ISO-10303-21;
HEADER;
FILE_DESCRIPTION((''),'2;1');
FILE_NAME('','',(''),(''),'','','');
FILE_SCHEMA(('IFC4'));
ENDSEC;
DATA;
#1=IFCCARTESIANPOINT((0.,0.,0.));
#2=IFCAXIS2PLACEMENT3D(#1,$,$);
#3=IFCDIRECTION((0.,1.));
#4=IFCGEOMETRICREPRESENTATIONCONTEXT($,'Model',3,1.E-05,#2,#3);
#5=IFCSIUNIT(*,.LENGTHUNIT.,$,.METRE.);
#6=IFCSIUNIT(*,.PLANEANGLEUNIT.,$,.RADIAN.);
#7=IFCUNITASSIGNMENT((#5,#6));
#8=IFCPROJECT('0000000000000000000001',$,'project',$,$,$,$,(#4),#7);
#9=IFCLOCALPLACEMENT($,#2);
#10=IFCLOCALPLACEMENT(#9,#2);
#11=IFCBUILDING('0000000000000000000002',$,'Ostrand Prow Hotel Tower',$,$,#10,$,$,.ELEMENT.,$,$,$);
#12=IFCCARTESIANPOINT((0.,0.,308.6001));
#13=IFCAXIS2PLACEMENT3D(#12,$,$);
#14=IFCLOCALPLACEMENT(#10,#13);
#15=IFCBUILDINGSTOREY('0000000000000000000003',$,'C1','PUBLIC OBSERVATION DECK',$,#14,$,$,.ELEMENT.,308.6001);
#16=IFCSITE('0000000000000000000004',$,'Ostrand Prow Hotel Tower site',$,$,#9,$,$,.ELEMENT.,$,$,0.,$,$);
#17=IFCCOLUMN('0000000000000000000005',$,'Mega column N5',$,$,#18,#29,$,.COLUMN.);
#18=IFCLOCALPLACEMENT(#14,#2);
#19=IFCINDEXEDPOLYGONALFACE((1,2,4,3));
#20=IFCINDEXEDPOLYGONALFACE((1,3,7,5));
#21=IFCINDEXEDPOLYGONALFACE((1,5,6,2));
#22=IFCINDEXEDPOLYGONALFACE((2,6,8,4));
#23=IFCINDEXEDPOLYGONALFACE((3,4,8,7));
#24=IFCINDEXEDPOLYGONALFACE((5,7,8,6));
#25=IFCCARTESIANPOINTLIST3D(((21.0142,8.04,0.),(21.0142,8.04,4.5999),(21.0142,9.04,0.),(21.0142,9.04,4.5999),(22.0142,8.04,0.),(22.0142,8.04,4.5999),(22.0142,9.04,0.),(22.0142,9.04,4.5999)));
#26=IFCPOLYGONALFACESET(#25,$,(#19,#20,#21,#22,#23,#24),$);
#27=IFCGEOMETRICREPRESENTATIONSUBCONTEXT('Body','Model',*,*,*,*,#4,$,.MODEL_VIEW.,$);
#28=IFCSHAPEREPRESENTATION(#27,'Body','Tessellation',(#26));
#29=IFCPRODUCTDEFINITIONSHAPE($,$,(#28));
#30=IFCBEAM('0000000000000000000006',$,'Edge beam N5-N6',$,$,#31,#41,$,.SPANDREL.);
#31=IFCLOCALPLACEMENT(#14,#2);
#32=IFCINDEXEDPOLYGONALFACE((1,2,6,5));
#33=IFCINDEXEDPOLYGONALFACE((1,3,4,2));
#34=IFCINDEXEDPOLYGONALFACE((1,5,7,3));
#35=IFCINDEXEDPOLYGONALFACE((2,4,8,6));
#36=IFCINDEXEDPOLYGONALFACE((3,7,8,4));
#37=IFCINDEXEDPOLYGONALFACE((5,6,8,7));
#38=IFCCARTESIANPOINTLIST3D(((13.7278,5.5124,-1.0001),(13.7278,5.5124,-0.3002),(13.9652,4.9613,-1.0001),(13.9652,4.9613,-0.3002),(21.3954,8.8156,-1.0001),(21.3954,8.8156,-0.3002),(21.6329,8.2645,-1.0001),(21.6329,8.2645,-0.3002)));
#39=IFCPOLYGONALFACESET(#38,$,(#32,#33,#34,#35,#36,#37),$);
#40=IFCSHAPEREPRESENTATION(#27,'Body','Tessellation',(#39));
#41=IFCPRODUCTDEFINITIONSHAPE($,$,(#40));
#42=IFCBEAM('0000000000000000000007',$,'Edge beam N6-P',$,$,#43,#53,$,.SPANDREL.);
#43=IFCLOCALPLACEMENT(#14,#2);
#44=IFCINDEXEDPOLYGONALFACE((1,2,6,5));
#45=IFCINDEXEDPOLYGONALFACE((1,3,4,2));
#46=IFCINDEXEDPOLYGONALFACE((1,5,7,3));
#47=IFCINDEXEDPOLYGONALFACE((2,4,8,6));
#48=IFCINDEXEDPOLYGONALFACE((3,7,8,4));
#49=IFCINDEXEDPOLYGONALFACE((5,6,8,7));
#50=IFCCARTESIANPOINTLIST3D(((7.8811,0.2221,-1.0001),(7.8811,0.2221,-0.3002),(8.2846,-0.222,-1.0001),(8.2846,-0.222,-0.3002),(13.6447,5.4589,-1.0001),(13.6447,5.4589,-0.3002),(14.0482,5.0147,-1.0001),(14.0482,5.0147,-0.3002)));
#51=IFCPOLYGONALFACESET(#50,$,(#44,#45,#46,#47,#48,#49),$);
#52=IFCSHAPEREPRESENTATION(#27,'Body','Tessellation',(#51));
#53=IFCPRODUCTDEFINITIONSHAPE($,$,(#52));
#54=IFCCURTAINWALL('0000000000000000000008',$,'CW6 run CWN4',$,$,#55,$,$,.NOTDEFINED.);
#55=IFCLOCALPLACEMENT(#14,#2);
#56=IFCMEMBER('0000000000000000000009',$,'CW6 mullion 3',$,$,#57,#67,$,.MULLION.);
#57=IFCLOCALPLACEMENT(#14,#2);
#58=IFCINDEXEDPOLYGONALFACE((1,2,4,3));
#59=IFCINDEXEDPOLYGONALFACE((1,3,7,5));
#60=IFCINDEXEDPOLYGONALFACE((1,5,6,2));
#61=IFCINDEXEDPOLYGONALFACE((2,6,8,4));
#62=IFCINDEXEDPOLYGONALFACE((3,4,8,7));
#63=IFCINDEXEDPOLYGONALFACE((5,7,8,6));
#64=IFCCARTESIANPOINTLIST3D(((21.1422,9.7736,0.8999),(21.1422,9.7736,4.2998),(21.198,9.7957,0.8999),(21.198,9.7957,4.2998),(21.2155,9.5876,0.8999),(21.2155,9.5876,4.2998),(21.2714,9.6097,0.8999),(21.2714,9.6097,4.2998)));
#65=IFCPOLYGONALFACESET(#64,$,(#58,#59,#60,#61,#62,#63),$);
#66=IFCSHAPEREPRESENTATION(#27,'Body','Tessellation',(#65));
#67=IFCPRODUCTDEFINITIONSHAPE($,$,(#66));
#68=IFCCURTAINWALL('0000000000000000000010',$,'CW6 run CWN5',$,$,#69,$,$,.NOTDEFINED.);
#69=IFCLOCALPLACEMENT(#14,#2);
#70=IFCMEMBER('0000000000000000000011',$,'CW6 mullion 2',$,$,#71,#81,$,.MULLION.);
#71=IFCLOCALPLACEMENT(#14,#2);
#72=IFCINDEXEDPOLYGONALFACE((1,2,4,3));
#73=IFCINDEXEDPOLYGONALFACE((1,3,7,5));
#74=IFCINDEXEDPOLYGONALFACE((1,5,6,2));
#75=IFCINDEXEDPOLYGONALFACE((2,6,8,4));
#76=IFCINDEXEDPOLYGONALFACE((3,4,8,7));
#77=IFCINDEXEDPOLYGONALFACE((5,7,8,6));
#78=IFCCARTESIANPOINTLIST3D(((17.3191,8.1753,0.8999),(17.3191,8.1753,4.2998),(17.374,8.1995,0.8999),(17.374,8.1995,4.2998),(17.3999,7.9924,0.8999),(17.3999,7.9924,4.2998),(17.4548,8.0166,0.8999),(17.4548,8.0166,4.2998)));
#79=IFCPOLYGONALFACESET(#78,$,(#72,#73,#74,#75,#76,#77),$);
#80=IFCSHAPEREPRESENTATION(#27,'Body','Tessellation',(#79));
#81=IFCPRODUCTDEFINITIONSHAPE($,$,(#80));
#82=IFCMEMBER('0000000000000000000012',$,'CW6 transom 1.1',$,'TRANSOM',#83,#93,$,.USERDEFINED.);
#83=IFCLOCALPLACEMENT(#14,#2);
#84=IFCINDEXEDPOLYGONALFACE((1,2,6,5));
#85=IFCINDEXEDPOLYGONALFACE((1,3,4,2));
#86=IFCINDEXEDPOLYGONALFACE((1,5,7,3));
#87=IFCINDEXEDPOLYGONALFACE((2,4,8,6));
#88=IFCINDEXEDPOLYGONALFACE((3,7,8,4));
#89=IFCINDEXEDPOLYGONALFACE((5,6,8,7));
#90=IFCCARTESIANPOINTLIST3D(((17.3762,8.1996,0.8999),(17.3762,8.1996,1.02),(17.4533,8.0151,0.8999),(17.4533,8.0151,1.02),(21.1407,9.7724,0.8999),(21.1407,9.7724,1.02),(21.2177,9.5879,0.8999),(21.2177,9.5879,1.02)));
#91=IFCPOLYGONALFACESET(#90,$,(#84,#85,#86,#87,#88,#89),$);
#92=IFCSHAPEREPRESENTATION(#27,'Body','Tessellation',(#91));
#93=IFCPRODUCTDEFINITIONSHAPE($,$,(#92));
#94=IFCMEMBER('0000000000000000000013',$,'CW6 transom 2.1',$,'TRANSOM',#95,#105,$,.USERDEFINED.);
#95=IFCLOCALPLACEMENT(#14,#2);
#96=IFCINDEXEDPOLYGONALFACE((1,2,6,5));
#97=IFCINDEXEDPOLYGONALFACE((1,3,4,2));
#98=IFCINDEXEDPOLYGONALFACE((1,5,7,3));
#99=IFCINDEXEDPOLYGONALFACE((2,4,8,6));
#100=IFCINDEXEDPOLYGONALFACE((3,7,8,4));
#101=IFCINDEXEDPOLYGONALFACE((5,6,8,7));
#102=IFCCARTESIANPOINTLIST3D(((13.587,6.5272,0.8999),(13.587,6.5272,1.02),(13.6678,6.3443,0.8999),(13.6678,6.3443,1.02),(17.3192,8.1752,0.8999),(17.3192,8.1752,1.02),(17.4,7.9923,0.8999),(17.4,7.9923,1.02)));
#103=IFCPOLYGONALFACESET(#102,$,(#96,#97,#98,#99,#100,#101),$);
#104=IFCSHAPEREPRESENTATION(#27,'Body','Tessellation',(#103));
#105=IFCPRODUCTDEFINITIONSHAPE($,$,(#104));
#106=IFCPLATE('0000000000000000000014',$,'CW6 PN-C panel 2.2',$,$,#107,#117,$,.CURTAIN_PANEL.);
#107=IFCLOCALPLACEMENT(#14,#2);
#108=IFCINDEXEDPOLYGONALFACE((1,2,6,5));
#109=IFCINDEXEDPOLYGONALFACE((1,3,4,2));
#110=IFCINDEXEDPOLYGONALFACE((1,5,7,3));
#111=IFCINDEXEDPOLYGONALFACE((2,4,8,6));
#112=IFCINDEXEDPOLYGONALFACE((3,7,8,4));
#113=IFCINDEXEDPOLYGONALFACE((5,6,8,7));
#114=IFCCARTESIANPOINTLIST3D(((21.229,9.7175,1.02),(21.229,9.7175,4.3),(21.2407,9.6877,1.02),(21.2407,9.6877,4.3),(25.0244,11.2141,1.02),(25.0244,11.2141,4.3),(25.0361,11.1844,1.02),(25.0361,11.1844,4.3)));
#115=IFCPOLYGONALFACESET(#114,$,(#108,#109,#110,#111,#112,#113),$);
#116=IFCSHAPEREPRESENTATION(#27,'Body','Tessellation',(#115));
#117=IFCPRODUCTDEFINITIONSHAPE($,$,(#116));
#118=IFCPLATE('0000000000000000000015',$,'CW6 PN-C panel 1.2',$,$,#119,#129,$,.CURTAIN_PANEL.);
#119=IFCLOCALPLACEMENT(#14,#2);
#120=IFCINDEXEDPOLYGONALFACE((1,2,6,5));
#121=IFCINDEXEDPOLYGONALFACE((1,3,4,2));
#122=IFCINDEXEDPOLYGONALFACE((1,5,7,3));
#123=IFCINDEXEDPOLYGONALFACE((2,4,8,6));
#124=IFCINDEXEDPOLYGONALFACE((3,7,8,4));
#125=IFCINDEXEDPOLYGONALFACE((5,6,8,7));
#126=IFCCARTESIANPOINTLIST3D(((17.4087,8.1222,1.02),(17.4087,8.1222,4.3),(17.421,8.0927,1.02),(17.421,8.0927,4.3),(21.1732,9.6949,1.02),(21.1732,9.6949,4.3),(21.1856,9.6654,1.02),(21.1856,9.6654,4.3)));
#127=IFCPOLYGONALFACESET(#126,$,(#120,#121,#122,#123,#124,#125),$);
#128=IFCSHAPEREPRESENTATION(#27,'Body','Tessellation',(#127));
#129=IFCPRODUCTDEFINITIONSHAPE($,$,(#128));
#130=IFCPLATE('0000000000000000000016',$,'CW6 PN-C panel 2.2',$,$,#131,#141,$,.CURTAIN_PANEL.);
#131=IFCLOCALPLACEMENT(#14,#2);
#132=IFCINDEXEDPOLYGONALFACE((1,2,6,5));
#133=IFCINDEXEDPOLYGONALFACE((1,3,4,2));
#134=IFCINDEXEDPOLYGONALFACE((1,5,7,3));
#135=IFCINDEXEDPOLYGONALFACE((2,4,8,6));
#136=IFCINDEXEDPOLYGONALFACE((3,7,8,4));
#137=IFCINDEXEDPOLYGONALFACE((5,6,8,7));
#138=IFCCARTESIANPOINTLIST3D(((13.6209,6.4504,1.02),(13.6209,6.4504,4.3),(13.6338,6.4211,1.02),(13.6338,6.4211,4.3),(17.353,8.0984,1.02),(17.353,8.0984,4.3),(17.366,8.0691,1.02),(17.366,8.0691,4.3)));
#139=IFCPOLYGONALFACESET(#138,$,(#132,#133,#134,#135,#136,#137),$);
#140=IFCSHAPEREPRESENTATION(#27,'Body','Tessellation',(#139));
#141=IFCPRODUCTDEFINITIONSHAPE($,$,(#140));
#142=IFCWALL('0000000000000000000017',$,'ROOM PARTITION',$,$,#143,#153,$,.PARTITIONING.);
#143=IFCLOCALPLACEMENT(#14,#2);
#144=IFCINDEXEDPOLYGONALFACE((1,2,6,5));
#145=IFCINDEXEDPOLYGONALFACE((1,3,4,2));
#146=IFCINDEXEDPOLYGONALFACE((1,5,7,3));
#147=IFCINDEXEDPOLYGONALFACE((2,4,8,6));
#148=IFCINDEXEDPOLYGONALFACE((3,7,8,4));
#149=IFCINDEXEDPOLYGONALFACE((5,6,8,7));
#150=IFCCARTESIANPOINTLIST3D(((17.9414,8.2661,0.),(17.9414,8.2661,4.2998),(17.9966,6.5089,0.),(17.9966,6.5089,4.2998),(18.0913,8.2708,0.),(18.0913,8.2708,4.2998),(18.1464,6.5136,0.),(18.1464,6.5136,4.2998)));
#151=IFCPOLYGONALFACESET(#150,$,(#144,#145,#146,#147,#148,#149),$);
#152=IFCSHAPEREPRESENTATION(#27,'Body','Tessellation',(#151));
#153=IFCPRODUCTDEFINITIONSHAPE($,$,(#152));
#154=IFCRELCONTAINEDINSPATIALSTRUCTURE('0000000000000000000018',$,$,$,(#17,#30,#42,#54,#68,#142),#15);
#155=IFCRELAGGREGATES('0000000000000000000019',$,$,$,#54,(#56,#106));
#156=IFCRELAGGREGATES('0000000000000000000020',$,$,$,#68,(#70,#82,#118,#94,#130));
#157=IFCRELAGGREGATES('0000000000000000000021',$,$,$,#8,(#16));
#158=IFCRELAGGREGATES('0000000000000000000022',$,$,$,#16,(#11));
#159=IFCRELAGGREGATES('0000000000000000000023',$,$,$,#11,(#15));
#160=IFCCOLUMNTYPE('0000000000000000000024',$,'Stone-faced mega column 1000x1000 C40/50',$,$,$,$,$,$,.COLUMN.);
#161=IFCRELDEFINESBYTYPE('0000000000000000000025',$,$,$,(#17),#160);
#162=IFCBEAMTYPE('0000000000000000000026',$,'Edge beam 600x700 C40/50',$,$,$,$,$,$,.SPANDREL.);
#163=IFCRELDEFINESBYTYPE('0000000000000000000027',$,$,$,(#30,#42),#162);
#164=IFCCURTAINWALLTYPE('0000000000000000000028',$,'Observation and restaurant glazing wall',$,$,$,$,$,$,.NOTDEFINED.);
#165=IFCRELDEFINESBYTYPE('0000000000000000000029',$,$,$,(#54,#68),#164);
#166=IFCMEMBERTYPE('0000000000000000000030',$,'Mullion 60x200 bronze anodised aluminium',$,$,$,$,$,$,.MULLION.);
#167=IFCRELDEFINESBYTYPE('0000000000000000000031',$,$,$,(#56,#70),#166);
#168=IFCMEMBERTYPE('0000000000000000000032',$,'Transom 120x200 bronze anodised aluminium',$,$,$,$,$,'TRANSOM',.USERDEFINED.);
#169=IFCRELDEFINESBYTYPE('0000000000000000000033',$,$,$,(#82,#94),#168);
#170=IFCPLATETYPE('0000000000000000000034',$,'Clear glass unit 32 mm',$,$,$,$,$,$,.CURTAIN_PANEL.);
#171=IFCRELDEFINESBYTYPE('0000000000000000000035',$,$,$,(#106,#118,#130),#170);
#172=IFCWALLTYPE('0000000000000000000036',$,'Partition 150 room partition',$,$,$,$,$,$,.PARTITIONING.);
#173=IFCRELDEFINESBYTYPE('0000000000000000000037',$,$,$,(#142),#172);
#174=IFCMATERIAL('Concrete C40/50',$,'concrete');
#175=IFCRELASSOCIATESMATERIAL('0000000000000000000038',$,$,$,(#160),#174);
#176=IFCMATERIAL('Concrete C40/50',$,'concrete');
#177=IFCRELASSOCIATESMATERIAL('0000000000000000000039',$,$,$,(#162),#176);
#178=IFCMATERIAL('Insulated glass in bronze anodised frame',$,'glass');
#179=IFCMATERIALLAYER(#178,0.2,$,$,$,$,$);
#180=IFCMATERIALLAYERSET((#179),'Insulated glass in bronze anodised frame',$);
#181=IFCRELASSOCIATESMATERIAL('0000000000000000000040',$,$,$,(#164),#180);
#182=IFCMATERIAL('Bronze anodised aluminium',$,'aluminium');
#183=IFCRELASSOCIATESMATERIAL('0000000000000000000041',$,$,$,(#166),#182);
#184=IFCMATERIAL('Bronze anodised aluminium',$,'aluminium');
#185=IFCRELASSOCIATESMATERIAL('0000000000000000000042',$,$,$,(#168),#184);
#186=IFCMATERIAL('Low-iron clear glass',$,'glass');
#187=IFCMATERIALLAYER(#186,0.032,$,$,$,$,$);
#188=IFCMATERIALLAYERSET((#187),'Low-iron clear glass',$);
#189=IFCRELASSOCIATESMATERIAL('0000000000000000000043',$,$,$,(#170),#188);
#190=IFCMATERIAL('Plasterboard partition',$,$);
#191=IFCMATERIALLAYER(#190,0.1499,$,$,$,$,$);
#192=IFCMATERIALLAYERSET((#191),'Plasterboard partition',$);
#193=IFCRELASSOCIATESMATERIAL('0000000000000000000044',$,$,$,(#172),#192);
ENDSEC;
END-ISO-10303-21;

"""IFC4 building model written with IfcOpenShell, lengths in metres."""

from ifc_helpers import new_model, si_unit, direction, frame, frame_2d, origin, origin_2d, place, context, subcontext, project, spatial, rectangle, extrude, material, layer, layer_set, material_profile, profile_set, type_object, element, aggregate, save


model = new_model("IFC4")

# Units and contexts
model_context = context("Model", 3, precision=1e-05, world=origin(), true_north=direction((0.0, 1.0)))
body_context = subcontext(model_context, "Body", "Model", "MODEL_VIEW")
ifc_project = project(units=[si_unit("LENGTHUNIT", "METRE"), si_unit("PLANEANGLEUNIT", "RADIAN")], contexts=[model_context])

# Site, building, storey
site_placement = place(None, origin())
site = spatial("IfcSite", under=ifc_project, at=site_placement, Name="Ostrand Prow Hotel Tower site", CompositionType="ELEMENT", RefElevation=0.0)
building_placement = place(site_placement, origin())
building = spatial("IfcBuilding", under=site, at=building_placement, Name="Ostrand Prow Hotel Tower", CompositionType="ELEMENT")
storey_placement = place(building_placement, frame((0.0, 0.0, 308.6001)))
storey = spatial("IfcBuildingStorey", under=building, at=storey_placement, Name="C1", Description="PUBLIC OBSERVATION DECK", CompositionType="ELEMENT", Elevation=308.6001)

# Column
ifc_material_1 = material(Name="Concrete C40/50", Category="concrete")
ifc_material_profile_1 = material_profile(ifc_material_1, rectangle(XDim=1.0, YDim=1.0, at=origin_2d()), Name="RC 1000x1000")
ifc_profile_set_1 = profile_set([ifc_material_profile_1], Name="Concrete C40/50")
column_type = type_object("IfcColumnType", Name="Stone-faced mega column 1000x1000 C40/50", PredefinedType="COLUMN", material=ifc_profile_set_1)
column_placement = place(storey_placement, frame((21.5142, 8.54, 0.0), z_axis=(0.0, 0.0, 1.0), x_axis=(1.0, 0.0, 0.0)))
element("IfcColumn", 1, at=column_placement, inside=storey, type_object=column_type, Name="Mega column N5", PredefinedType="COLUMN", context=body_context, shape_type="SweptSolid", body=[
    extrude(rectangle(XDim=1.0, YDim=1.0, at=origin_2d()), origin(), (0.0, 0.0, 1.0), 4.5999),
])

# Beams
ifc_material_2 = material(Name="Concrete C40/50", Category="concrete")
ifc_material_profile_2 = material_profile(ifc_material_2, rectangle(XDim=0.6001, YDim=0.7, at=origin_2d()), Name="RC 600x700")
ifc_profile_set_2 = profile_set([ifc_material_profile_2], Name="Concrete C40/50")
beam_type = type_object("IfcBeamType", Name="Edge beam 600x700 C40/50", PredefinedType="SPANDREL", material=ifc_profile_set_2)
beam_1_placement = place(storey_placement, frame((21.5142, 8.54, -0.6501), z_axis=(-0.918404, -0.395644, 0.0), x_axis=(0.395644, -0.918404, 0.0)))
element("IfcBeam", 2, at=beam_1_placement, inside=storey, type_object=beam_type, Name="Edge beam N5-N6", PredefinedType="SPANDREL", context=body_context, shape_type="SweptSolid", body=[
    extrude(rectangle(XDim=0.6001, YDim=0.7, at=origin_2d()), origin(), (0.0, 0.0, 1.0), 8.3489),
])
beam_2_placement = place(storey_placement, frame((13.8464, 5.2368, -0.6501), z_axis=(-0.740124, -0.67247, 0.0), x_axis=(0.67247, -0.740124, 0.0)))
element("IfcBeam", 3, at=beam_2_placement, inside=storey, type_object=beam_type, Name="Edge beam N6-P", PredefinedType="SPANDREL", context=body_context, shape_type="SweptSolid", body=[
    extrude(rectangle(XDim=0.6001, YDim=0.7, at=origin_2d()), origin(), (0.0, 0.0, 1.0), 7.7874),
])

# Curtain wall, member
ifc_material_3 = material(Name="Insulated glass in bronze anodised frame", Category="glass")
ifc_layer_1 = layer(ifc_material_3, 0.2)
ifc_layer_set_1 = layer_set([ifc_layer_1], Name="Insulated glass in bronze anodised frame")
curtain_wall_type = type_object("IfcCurtainWallType", Name="Observation and restaurant glazing wall", PredefinedType="NOTDEFINED", material=ifc_layer_set_1)
curtain_wall_1_placement = place(storey_placement, origin())
curtain_wall_1 = element("IfcCurtainWall", 4, at=curtain_wall_1_placement, inside=storey, type_object=curtain_wall_type, Name="CW6 run CWN4", PredefinedType="NOTDEFINED")
ifc_material_4 = material(Name="Bronze anodised aluminium", Category="aluminium")
ifc_material_profile_3 = material_profile(ifc_material_4, rectangle(XDim=0.2, YDim=0.0601, at=origin_2d()), Name="Mullion 60x200 bronze anodised aluminium")
ifc_profile_set_3 = profile_set([ifc_material_profile_3], Name="Bronze anodised aluminium")
member_type_1 = type_object("IfcMemberType", Name="Mullion 60x200 bronze anodised aluminium", PredefinedType="MULLION", material=ifc_profile_set_3)
member_1_placement = place(storey_placement, frame((21.2068, 9.6917, 0.8999), z_axis=(0.0, 0.0, 1.0), x_axis=(0.366845, -0.930282, 0.0)))
member_1 = element("IfcMember", 5, at=member_1_placement, type_object=member_type_1, Name="CW6 mullion 3", PredefinedType="MULLION", context=body_context, shape_type="SweptSolid", body=[
    extrude(rectangle(XDim=0.2, YDim=0.0601, at=origin_2d()), origin(), (0.0, 0.0, 1.0), 3.3999),
])

# Curtain wall, members
curtain_wall_2_placement = place(storey_placement, origin())
curtain_wall_2 = element("IfcCurtainWall", 6, at=curtain_wall_2_placement, inside=storey, type_object=curtain_wall_type, Name="CW6 run CWN5", PredefinedType="NOTDEFINED")
member_2_placement = place(storey_placement, frame((17.387, 8.0959, 0.8999), z_axis=(0.0, 0.0, 1.0), x_axis=(0.40394, -0.914786, 0.0)))
member_2 = element("IfcMember", 7, at=member_2_placement, type_object=member_type_1, Name="CW6 mullion 2", PredefinedType="MULLION", context=body_context, shape_type="SweptSolid", body=[
    extrude(rectangle(XDim=0.2, YDim=0.0601, at=origin_2d()), origin(), (0.0, 0.0, 1.0), 3.3999),
])
ifc_material_5 = material(Name="Bronze anodised aluminium", Category="aluminium")
ifc_material_profile_4 = material_profile(ifc_material_5, rectangle(XDim=0.2, YDim=0.1201, at=origin_2d()), Name="Transom 120x200 bronze anodised aluminium")
ifc_profile_set_4 = profile_set([ifc_material_profile_4], Name="Bronze anodised aluminium")
member_type_2 = type_object("IfcMemberType", Name="Transom 120x200 bronze anodised aluminium", ElementType="TRANSOM", PredefinedType="USERDEFINED", material=ifc_profile_set_4)
member_3_placement = place(storey_placement, frame((21.1792, 9.6802, 0.96), z_axis=(-0.922706, -0.385503, 0.0), x_axis=(0.385503, -0.922706, 0.0)))
member_3 = element("IfcMember", 8, at=member_3_placement, type_object=member_type_2, Name="CW6 transom 1.1", ObjectType="TRANSOM", PredefinedType="USERDEFINED", context=body_context, shape_type="SweptSolid", body=[
    extrude(rectangle(XDim=0.2, YDim=0.1201, at=origin_2d()), origin(), (0.0, 0.0, 1.0), 4.0798),
])
member_4_placement = place(storey_placement, frame((17.3596, 8.0837, 0.96), z_axis=(-0.914791, -0.403927, 0.0), x_axis=(0.403927, -0.914791, 0.0)))
member_4 = element("IfcMember", 9, at=member_4_placement, type_object=member_type_2, Name="CW6 transom 2.1", ObjectType="TRANSOM", PredefinedType="USERDEFINED", context=body_context, shape_type="SweptSolid", body=[
    extrude(rectangle(XDim=0.2, YDim=0.1201, at=origin_2d()), origin(), (0.0, 0.0, 1.0), 4.0798),
])

# Plates
ifc_material_6 = material(Name="Low-iron clear glass", Category="glass")
ifc_layer_2 = layer(ifc_material_6, 0.032)
ifc_layer_set_2 = layer_set([ifc_layer_2], Name="Low-iron clear glass")
plate_type = type_object("IfcPlateType", Name="Clear glass unit 32 mm", PredefinedType="CURTAIN_PANEL", material=ifc_layer_set_2)
plate_1_placement = place(storey_placement, frame((23.1326, 10.4509, 1.02), z_axis=(0.0, 0.0, 1.0), x_axis=(-0.930282, -0.366845, 0.0)))
plate_1 = element("IfcPlate", 10, at=plate_1_placement, type_object=plate_type, Name="CW6 PN-C panel 2.2", PredefinedType="CURTAIN_PANEL", context=body_context, shape_type="SweptSolid", body=[
    extrude(rectangle(XDim=4.0798, YDim=0.032, at=origin_2d()), origin(), (0.0, 0.0, 1.0), 3.28),
])
aggregate(curtain_wall_1, [member_1, plate_1])
plate_2_placement = place(storey_placement, frame((19.2971, 8.8938, 1.02), z_axis=(0.0, 0.0, 1.0), x_axis=(-0.92272, -0.385471, 0.0)))
plate_2 = element("IfcPlate", 11, at=plate_2_placement, type_object=plate_type, Name="CW6 PN-C panel 1.2", PredefinedType="CURTAIN_PANEL", context=body_context, shape_type="SweptSolid", body=[
    extrude(rectangle(XDim=4.0798, YDim=0.032, at=origin_2d()), origin(), (0.0, 0.0, 1.0), 3.28),
])
plate_3_placement = place(storey_placement, frame((15.4934, 7.2598, 1.02), z_axis=(0.0, 0.0, 1.0), x_axis=(-0.914786, -0.40394, 0.0)))
plate_3 = element("IfcPlate", 12, at=plate_3_placement, type_object=plate_type, Name="CW6 PN-C panel 2.2", PredefinedType="CURTAIN_PANEL", context=body_context, shape_type="SweptSolid", body=[
    extrude(rectangle(XDim=4.0798, YDim=0.032, at=origin_2d()), origin(), (0.0, 0.0, 1.0), 3.28),
])
aggregate(curtain_wall_2, [member_2, member_3, plate_2, member_4, plate_3])

# Wall
ifc_material_7 = material(Name="Plasterboard partition")
ifc_layer_3 = layer(ifc_material_7, 0.1499)
ifc_layer_set_3 = layer_set([ifc_layer_3], Name="Plasterboard partition")
wall_type_1 = type_object("IfcWallType", Name="Partition 150 room partition", PredefinedType="PARTITIONING", material=ifc_layer_set_3)
wall_1_placement = place(storey_placement, frame((18.0164, 8.2683, 0.0), z_axis=(0.0, 0.0, 1.0), x_axis=(0.031387, -0.999507, 0.0)))
element("IfcWall", 13, at=wall_1_placement, inside=storey, type_object=wall_type_1, Name="ROOM PARTITION", PredefinedType="PARTITIONING", context=body_context, shape_type="SweptSolid", body=[
    extrude(rectangle(XDim=1.7581, YDim=0.1499, at=frame_2d((0.8789, 0.0))), origin(), (0.0, 0.0, 1.0), 4.2998),
])

save(model, "model.ifc")
